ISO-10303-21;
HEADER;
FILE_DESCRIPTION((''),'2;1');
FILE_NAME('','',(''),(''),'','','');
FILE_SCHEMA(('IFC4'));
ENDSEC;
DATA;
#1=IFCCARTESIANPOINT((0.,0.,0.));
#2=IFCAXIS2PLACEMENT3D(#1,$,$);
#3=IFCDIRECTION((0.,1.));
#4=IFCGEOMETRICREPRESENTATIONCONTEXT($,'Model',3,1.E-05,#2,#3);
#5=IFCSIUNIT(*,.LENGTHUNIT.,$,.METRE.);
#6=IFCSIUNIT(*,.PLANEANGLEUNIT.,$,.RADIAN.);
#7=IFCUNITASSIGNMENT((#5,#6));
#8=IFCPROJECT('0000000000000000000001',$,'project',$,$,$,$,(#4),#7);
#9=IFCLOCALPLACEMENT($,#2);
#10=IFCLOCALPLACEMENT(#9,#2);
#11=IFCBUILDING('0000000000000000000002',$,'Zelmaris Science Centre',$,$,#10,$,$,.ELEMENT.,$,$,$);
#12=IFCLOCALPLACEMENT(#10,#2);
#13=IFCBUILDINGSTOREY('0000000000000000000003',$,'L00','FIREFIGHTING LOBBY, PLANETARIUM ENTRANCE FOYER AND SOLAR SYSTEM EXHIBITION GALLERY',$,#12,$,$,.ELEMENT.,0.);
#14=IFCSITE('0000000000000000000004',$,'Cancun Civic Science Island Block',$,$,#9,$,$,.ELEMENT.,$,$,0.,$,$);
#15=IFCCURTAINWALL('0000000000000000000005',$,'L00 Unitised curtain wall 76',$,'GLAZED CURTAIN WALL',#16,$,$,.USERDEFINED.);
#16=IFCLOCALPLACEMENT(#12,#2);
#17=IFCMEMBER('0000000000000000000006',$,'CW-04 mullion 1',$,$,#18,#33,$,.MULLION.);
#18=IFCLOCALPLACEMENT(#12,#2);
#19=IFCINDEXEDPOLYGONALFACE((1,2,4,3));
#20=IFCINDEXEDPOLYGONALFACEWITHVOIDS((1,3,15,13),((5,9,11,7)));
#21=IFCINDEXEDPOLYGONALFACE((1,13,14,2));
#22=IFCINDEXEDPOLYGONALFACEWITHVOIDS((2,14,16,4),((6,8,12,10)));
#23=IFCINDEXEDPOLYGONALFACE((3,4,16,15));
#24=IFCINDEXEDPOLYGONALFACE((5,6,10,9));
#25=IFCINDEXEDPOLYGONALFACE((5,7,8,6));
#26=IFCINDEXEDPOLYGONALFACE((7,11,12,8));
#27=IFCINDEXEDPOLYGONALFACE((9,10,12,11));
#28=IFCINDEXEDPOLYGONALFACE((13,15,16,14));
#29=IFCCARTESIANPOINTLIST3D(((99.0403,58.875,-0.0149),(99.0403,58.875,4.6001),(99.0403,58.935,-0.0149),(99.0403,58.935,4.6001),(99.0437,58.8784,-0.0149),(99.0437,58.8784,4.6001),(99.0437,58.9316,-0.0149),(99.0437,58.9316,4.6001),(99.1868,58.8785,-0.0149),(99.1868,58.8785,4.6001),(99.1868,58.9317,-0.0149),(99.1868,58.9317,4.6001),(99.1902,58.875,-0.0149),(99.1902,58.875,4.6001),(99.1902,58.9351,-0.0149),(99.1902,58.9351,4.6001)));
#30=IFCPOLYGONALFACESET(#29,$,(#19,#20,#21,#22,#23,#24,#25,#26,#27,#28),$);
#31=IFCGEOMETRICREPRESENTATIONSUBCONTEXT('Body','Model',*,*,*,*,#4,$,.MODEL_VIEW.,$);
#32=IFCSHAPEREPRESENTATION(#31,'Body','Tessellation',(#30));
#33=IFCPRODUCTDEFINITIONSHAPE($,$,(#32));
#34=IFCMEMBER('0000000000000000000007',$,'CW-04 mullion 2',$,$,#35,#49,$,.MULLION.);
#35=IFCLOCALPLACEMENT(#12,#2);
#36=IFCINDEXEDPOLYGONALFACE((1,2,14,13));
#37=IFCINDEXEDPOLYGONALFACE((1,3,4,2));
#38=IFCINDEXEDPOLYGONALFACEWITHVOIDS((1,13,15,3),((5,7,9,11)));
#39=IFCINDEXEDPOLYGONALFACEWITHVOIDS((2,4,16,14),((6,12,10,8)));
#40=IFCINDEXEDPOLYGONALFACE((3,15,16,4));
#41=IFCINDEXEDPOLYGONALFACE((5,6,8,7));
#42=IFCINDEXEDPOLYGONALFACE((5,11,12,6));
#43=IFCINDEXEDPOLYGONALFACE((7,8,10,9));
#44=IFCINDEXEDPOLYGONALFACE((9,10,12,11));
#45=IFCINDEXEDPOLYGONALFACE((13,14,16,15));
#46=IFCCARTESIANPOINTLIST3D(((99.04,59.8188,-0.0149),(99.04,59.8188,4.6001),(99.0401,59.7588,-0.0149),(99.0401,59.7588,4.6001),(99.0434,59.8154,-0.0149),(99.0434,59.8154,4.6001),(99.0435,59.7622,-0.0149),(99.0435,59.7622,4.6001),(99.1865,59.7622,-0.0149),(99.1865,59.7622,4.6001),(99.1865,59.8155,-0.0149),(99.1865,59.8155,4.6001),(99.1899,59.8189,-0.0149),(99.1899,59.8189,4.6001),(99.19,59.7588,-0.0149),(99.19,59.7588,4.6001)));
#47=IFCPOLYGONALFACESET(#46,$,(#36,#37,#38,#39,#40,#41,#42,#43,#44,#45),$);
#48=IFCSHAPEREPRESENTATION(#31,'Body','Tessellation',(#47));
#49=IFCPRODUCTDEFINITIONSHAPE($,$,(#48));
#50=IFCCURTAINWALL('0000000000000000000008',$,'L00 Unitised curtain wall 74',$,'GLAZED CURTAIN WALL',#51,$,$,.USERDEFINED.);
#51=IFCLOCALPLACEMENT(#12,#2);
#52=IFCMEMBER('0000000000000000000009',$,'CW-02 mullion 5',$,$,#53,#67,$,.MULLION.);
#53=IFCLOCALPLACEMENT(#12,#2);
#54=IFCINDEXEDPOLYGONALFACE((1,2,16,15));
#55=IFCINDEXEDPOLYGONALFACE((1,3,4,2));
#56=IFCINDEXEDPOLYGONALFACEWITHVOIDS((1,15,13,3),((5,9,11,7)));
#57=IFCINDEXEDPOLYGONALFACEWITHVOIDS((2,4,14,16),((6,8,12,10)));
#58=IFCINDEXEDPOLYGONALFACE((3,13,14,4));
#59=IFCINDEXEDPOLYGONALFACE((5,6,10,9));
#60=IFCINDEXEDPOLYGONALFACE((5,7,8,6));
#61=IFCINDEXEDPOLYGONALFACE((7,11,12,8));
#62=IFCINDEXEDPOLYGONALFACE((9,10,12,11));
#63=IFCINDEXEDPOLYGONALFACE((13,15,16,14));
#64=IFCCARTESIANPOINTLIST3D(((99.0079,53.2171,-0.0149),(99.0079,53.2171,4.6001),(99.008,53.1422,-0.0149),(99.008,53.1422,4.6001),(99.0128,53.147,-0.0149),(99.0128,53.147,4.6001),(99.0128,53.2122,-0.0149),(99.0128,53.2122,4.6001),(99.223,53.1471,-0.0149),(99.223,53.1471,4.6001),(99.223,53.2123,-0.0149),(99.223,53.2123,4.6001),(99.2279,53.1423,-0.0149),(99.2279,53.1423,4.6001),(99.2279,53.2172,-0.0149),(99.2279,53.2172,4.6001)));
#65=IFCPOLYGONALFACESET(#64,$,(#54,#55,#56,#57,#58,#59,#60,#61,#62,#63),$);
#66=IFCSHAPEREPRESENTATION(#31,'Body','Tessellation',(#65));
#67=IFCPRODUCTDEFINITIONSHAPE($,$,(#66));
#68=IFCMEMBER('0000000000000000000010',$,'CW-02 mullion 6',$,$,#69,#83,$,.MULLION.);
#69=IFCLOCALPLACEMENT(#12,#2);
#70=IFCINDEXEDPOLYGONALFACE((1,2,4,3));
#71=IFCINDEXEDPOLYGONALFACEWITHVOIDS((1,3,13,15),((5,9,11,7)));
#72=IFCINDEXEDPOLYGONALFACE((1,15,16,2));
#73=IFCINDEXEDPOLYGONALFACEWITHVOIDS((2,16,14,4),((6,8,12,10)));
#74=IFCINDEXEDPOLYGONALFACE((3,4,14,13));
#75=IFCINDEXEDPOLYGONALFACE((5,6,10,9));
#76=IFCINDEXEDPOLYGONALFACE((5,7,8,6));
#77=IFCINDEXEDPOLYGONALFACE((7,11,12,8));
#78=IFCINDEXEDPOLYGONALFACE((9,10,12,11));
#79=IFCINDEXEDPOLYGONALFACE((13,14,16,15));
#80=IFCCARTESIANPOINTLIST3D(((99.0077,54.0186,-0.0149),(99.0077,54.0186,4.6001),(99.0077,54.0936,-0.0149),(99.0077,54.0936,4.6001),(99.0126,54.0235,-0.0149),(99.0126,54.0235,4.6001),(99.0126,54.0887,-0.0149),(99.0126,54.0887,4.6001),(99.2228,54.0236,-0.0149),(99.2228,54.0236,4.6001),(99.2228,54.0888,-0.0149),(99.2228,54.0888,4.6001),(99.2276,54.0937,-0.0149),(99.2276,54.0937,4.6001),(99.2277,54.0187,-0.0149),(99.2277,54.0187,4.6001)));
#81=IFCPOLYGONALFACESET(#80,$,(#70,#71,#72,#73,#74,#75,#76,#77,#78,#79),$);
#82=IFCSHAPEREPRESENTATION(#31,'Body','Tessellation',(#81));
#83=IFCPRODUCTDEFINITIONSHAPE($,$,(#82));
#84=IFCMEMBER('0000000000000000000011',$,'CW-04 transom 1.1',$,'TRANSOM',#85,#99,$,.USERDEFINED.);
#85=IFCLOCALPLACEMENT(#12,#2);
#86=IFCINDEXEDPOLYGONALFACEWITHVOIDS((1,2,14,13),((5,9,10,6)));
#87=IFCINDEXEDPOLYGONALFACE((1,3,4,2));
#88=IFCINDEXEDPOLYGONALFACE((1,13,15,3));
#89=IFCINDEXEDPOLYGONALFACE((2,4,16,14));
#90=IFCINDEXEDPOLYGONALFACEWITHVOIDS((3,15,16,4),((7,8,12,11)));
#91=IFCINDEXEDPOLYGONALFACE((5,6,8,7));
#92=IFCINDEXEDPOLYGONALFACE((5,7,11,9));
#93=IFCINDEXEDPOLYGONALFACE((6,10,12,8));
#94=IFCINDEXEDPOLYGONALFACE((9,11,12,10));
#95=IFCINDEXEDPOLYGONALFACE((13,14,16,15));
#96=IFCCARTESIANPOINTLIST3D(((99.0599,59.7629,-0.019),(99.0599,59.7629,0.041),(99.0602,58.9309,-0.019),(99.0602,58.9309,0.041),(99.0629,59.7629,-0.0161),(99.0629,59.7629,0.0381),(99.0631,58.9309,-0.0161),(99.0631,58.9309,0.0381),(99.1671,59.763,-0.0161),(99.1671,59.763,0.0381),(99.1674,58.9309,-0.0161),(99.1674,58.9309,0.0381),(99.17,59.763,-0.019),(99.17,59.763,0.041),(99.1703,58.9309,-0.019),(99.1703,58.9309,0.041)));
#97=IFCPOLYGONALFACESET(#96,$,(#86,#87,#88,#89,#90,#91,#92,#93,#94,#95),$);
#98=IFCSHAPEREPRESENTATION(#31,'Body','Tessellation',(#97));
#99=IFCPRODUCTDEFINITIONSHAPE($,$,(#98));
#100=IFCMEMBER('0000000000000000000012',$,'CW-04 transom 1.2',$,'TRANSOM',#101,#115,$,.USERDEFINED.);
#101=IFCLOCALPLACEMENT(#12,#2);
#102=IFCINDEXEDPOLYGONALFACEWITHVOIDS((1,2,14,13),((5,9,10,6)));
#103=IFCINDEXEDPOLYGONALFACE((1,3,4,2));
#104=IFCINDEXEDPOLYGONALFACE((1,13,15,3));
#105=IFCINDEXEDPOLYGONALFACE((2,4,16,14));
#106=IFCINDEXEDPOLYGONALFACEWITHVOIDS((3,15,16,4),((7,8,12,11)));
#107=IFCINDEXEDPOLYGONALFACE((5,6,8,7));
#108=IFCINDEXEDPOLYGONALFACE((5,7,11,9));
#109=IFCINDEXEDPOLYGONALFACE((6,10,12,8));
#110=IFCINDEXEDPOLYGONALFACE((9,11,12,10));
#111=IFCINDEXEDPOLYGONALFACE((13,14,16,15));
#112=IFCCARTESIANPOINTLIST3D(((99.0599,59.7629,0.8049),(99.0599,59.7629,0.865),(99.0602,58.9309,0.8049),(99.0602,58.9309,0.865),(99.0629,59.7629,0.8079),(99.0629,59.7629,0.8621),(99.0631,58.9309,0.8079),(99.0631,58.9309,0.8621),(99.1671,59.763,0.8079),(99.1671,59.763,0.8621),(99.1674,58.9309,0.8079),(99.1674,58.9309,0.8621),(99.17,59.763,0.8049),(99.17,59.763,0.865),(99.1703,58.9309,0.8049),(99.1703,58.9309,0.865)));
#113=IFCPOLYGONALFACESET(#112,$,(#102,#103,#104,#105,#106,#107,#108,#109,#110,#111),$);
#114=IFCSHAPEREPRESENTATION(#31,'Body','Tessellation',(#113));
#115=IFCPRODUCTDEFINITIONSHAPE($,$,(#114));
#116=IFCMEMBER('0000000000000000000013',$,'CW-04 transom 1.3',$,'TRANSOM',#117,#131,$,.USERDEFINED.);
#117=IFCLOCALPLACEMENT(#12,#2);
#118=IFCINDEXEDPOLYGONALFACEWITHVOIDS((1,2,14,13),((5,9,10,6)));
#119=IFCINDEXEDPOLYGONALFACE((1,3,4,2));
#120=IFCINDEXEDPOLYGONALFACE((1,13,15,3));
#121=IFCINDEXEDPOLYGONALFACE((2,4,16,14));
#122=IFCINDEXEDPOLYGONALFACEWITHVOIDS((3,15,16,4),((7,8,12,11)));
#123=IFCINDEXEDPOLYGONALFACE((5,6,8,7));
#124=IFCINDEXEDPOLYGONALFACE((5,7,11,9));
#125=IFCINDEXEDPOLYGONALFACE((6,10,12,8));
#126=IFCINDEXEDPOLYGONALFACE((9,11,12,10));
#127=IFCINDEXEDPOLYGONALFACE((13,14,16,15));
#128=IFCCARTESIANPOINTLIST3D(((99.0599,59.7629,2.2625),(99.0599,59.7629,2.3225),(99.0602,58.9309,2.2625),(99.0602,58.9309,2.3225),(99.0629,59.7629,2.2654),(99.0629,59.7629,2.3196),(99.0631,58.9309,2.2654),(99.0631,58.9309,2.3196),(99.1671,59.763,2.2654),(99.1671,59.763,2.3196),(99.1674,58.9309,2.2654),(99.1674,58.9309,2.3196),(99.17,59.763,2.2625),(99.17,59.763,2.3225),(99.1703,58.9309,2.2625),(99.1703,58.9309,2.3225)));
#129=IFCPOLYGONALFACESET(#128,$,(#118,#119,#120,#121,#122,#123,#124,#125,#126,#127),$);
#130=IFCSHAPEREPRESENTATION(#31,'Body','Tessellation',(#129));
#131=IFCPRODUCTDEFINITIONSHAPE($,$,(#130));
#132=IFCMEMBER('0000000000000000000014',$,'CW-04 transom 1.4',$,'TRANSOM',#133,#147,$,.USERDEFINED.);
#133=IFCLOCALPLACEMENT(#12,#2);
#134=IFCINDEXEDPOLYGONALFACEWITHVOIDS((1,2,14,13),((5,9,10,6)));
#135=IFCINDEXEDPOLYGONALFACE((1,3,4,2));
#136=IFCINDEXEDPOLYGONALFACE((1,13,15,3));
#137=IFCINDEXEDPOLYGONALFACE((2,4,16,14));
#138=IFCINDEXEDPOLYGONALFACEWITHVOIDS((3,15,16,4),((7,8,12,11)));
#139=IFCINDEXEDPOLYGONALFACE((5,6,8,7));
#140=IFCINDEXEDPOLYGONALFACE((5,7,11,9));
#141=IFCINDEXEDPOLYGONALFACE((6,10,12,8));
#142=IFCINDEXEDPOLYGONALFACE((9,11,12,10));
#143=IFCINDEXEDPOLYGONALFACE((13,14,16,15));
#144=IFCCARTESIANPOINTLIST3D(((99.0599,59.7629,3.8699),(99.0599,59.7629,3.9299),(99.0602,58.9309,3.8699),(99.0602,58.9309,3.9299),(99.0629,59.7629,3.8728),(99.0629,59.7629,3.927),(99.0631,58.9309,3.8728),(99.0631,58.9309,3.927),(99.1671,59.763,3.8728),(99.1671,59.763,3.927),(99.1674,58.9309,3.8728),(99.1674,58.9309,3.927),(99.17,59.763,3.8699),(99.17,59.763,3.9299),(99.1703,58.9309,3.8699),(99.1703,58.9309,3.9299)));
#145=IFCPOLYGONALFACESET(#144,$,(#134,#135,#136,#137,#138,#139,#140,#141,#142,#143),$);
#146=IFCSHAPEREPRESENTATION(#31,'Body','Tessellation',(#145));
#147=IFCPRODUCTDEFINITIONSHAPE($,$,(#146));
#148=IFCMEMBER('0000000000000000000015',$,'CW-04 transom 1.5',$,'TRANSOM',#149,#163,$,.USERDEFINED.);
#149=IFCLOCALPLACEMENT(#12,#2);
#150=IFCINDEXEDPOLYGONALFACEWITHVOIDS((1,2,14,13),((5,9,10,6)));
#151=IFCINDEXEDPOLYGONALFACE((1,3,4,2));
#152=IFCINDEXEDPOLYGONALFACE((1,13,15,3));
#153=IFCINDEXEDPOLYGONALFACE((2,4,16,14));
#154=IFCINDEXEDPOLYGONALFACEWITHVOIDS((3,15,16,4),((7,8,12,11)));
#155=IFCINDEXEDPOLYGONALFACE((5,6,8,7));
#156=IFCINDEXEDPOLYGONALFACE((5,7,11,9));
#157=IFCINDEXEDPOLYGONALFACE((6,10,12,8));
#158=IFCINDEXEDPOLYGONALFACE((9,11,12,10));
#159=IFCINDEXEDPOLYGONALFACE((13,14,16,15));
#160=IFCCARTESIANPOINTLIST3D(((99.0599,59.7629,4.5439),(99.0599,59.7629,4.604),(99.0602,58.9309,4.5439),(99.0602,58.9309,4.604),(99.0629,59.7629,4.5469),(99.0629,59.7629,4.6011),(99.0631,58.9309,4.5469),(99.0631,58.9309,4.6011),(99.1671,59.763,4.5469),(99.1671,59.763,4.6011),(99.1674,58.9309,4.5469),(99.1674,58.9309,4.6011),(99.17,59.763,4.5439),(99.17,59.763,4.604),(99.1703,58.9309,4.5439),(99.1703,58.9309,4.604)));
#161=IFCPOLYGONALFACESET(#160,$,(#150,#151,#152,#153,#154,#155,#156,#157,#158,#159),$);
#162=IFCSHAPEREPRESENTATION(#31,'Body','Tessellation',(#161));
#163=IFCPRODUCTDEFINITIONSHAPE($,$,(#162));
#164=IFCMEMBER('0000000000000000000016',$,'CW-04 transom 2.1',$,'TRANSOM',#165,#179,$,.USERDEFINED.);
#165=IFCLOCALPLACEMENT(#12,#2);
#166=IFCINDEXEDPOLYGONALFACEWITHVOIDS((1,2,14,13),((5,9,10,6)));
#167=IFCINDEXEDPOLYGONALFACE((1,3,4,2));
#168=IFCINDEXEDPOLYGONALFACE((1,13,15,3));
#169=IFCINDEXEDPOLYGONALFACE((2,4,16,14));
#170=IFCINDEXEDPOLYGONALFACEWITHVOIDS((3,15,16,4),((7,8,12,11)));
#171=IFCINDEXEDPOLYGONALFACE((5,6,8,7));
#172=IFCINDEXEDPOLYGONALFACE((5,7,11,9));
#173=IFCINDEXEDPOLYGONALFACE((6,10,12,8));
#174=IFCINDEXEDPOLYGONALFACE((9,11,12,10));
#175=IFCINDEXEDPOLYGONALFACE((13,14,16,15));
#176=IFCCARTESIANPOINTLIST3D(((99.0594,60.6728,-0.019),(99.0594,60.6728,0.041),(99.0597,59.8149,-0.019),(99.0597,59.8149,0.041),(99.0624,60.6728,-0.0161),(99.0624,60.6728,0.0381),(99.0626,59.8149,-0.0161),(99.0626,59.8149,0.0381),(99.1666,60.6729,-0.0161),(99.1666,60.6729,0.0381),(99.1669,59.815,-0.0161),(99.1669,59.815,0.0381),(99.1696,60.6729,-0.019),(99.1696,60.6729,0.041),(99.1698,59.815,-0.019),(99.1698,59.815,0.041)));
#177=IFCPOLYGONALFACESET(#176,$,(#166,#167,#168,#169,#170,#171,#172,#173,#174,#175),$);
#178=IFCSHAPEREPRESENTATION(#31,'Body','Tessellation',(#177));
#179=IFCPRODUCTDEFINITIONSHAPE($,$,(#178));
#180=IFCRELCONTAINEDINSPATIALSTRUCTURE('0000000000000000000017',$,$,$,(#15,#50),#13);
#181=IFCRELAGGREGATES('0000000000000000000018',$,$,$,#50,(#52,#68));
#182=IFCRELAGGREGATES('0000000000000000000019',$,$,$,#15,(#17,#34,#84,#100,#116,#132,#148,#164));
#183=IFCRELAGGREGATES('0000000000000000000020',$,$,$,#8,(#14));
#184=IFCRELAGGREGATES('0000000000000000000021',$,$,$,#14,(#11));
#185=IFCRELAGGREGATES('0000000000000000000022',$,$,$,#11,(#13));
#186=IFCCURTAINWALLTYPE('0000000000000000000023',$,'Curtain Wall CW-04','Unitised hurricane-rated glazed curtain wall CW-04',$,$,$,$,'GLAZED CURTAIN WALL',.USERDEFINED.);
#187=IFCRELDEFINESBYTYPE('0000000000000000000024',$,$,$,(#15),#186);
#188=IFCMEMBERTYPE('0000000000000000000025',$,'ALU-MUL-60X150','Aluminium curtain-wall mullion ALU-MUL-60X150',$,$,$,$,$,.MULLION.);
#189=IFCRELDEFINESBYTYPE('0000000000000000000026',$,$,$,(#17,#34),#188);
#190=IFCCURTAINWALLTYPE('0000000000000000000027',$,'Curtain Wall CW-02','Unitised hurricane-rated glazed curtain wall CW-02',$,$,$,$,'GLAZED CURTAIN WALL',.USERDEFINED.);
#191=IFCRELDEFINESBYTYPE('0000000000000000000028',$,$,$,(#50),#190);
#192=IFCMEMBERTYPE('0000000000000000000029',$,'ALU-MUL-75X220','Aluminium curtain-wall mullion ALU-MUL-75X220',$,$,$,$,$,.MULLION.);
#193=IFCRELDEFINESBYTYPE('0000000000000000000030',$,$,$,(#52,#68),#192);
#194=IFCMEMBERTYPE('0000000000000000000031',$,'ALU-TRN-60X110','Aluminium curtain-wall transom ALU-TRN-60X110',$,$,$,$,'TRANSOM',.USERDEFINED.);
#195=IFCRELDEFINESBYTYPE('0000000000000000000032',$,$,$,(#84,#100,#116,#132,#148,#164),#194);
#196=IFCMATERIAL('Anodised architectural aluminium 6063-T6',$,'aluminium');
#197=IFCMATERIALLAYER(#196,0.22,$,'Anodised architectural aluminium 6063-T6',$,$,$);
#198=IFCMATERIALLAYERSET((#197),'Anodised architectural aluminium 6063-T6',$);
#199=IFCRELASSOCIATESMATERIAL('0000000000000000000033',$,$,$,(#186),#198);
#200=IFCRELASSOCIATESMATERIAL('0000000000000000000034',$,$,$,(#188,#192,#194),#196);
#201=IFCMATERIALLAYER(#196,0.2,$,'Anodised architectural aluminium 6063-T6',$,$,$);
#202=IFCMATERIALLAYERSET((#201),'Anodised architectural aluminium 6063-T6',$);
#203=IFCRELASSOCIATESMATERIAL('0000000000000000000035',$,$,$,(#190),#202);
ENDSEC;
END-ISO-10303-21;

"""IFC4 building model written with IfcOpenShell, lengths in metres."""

from ifc_helpers import new_model, si_unit, direction, frame, origin, origin_2d, place, context, subcontext, project, spatial, hollow_rectangle, extrude, material, layer, layer_set, material_profile, profile_set, type_object, element, aggregate, save


model = new_model("IFC4")

# Units and contexts
model_context = context("Model", 3, precision=1e-05, world=origin(), true_north=direction((0.0, 1.0)))
body_context = subcontext(model_context, "Body", "Model", "MODEL_VIEW")
ifc_project = project(units=[si_unit("LENGTHUNIT", "METRE"), si_unit("PLANEANGLEUNIT", "RADIAN")], contexts=[model_context])

# Site, building, storey
site_placement = place(None, origin())
site = spatial("IfcSite", under=ifc_project, at=site_placement, Name="Cancun Civic Science Island Block", CompositionType="ELEMENT", RefElevation=0.0)
building_placement = place(site_placement, origin())
building = spatial("IfcBuilding", under=site, at=building_placement, Name="Zelmaris Science Centre", CompositionType="ELEMENT")
storey_placement = place(building_placement, origin())
storey = spatial("IfcBuildingStorey", under=building, at=storey_placement, Name="L00", Description="FIREFIGHTING LOBBY, PLANETARIUM ENTRANCE FOYER AND SOLAR SYSTEM EXHIBITION GALLERY", CompositionType="ELEMENT", Elevation=0.0)

# Curtain walls, members
ifc_material_1 = material(Name="Anodised architectural aluminium 6063-T6", Category="aluminium")
ifc_layer_1 = layer(ifc_material_1, 0.22, Name="Anodised architectural aluminium 6063-T6")
ifc_layer_set_1 = layer_set([ifc_layer_1], Name="Anodised architectural aluminium 6063-T6")
curtain_wall_type_1 = type_object("IfcCurtainWallType", Name="Curtain Wall CW-04", Description="Unitised hurricane-rated glazed curtain wall CW-04", ElementType="GLAZED CURTAIN WALL", PredefinedType="USERDEFINED", material=ifc_layer_set_1)
curtain_wall_1_placement = place(storey_placement, origin())
curtain_wall_1 = element("IfcCurtainWall", 1, at=curtain_wall_1_placement, inside=storey, type_object=curtain_wall_type_1, Name="L00 Unitised curtain wall 76", ObjectType="GLAZED CURTAIN WALL", PredefinedType="USERDEFINED")
ifc_material_profile_1 = material_profile(ifc_material_1, hollow_rectangle(XDim=0.0601, YDim=0.1499, WallThickness=0.0034, at=origin_2d()), Name="ALU-MUL-60X150")
ifc_profile_set_1 = profile_set([ifc_material_profile_1], Name="Anodised architectural aluminium 6063-T6")
member_type_1 = type_object("IfcMemberType", Name="ALU-MUL-60X150", Description="Aluminium curtain-wall mullion ALU-MUL-60X150", PredefinedType="MULLION", material=ifc_profile_set_1)
member_1_placement = place(storey_placement, frame((99.1152, 58.905, -0.0149), z_axis=(0.0, 0.0, 1.0), x_axis=(-0.000478, 1.0, 0.0)))
member_1 = element("IfcMember", 2, at=member_1_placement, type_object=member_type_1, Name="CW-04 mullion 1", PredefinedType="MULLION", context=body_context, shape_type="SweptSolid", body=[
    extrude(hollow_rectangle(XDim=0.0601, YDim=0.1499, WallThickness=0.0034, at=origin_2d()), origin(), (0.0, 0.0, 1.0), 4.615),
])
member_2_placement = place(storey_placement, frame((99.115, 59.7888, -0.0149), z_axis=(0.0, 0.0, 1.0), x_axis=(-0.000478, 1.0, 0.0)))
member_2 = element("IfcMember", 3, at=member_2_placement, type_object=member_type_1, Name="CW-04 mullion 2", PredefinedType="MULLION", context=body_context, shape_type="SweptSolid", body=[
    extrude(hollow_rectangle(XDim=0.0601, YDim=0.1499, WallThickness=0.0034, at=origin_2d()), origin(), (0.0, 0.0, 1.0), 4.615),
])
ifc_layer_2 = layer(ifc_material_1, 0.2, Name="Anodised architectural aluminium 6063-T6")
ifc_layer_set_2 = layer_set([ifc_layer_2], Name="Anodised architectural aluminium 6063-T6")
curtain_wall_type_2 = type_object("IfcCurtainWallType", Name="Curtain Wall CW-02", Description="Unitised hurricane-rated glazed curtain wall CW-02", ElementType="GLAZED CURTAIN WALL", PredefinedType="USERDEFINED", material=ifc_layer_set_2)
curtain_wall_2_placement = place(storey_placement, origin())
curtain_wall_2 = element("IfcCurtainWall", 4, at=curtain_wall_2_placement, inside=storey, type_object=curtain_wall_type_2, Name="L00 Unitised curtain wall 74", ObjectType="GLAZED CURTAIN WALL", PredefinedType="USERDEFINED")
ifc_material_profile_2 = material_profile(ifc_material_1, hollow_rectangle(XDim=0.075, YDim=0.22, WallThickness=0.0049, at=origin_2d()), Name="ALU-MUL-75X220")
ifc_profile_set_2 = profile_set([ifc_material_profile_2], Name="Anodised architectural aluminium 6063-T6")
member_type_2 = type_object("IfcMemberType", Name="ALU-MUL-75X220", Description="Aluminium curtain-wall mullion ALU-MUL-75X220", PredefinedType="MULLION", material=ifc_profile_set_2)
member_3_placement = place(storey_placement, frame((99.1179, 53.1797, -0.0149), z_axis=(0.0, 0.0, 1.0), x_axis=(-0.000478, 1.0, 0.0)))
member_3 = element("IfcMember", 5, at=member_3_placement, type_object=member_type_2, Name="CW-02 mullion 5", PredefinedType="MULLION", context=body_context, shape_type="SweptSolid", body=[
    extrude(hollow_rectangle(XDim=0.075, YDim=0.22, WallThickness=0.0049, at=origin_2d()), origin(), (0.0, 0.0, 1.0), 4.615),
])
member_4_placement = place(storey_placement, frame((99.1177, 54.0562, -0.0149), z_axis=(0.0, 0.0, 1.0), x_axis=(-0.000478, 1.0, 0.0)))
member_4 = element("IfcMember", 6, at=member_4_placement, type_object=member_type_2, Name="CW-02 mullion 6", PredefinedType="MULLION", context=body_context, shape_type="SweptSolid", body=[
    extrude(hollow_rectangle(XDim=0.075, YDim=0.22, WallThickness=0.0049, at=origin_2d()), origin(), (0.0, 0.0, 1.0), 4.615),
])

# Members
ifc_material_profile_3 = material_profile(ifc_material_1, hollow_rectangle(XDim=0.0601, YDim=0.1101, WallThickness=0.0029, at=origin_2d()), Name="ALU-TRN-60X110")
ifc_profile_set_3 = profile_set([ifc_material_profile_3], Name="Anodised architectural aluminium 6063-T6")
member_type_3 = type_object("IfcMemberType", Name="ALU-TRN-60X110", Description="Aluminium curtain-wall transom ALU-TRN-60X110", ElementType="TRANSOM", PredefinedType="USERDEFINED", material=ifc_profile_set_3)
member_5_placement = place(storey_placement, frame((99.1152, 58.9309, 0.011), z_axis=(-0.000293, 1.0, 0.0), x_axis=(0.0, 0.0, 1.0)))
member_5 = element("IfcMember", 7, at=member_5_placement, type_object=member_type_3, Name="CW-04 transom 1.1", ObjectType="TRANSOM", PredefinedType="USERDEFINED", context=body_context, shape_type="SweptSolid", body=[
    extrude(hollow_rectangle(XDim=0.0601, YDim=0.1101, WallThickness=0.0029, at=origin_2d()), origin(), (0.0, 0.0, 1.0), 0.832),
])
member_6_placement = place(storey_placement, frame((99.1152, 58.9309, 0.835), z_axis=(-0.000293, 1.0, 0.0), x_axis=(0.0, 0.0, 1.0)))
member_6 = element("IfcMember", 8, at=member_6_placement, type_object=member_type_3, Name="CW-04 transom 1.2", ObjectType="TRANSOM", PredefinedType="USERDEFINED", context=body_context, shape_type="SweptSolid", body=[
    extrude(hollow_rectangle(XDim=0.0601, YDim=0.1101, WallThickness=0.0029, at=origin_2d()), origin(), (0.0, 0.0, 1.0), 0.832),
])
member_7_placement = place(storey_placement, frame((99.1152, 58.9309, 2.2925), z_axis=(-0.000293, 1.0, 0.0), x_axis=(0.0, 0.0, 1.0)))
member_7 = element("IfcMember", 9, at=member_7_placement, type_object=member_type_3, Name="CW-04 transom 1.3", ObjectType="TRANSOM", PredefinedType="USERDEFINED", context=body_context, shape_type="SweptSolid", body=[
    extrude(hollow_rectangle(XDim=0.0601, YDim=0.1101, WallThickness=0.0029, at=origin_2d()), origin(), (0.0, 0.0, 1.0), 0.832),
])
member_8_placement = place(storey_placement, frame((99.1152, 58.9309, 3.8999), z_axis=(-0.000293, 1.0, 0.0), x_axis=(0.0, 0.0, 1.0)))
member_8 = element("IfcMember", 10, at=member_8_placement, type_object=member_type_3, Name="CW-04 transom 1.4", ObjectType="TRANSOM", PredefinedType="USERDEFINED", context=body_context, shape_type="SweptSolid", body=[
    extrude(hollow_rectangle(XDim=0.0601, YDim=0.1101, WallThickness=0.0029, at=origin_2d()), origin(), (0.0, 0.0, 1.0), 0.832),
])
member_9_placement = place(storey_placement, frame((99.1152, 58.9309, 4.574), z_axis=(-0.000293, 1.0, 0.0), x_axis=(0.0, 0.0, 1.0)))
member_9 = element("IfcMember", 11, at=member_9_placement, type_object=member_type_3, Name="CW-04 transom 1.5", ObjectType="TRANSOM", PredefinedType="USERDEFINED", context=body_context, shape_type="SweptSolid", body=[
    extrude(hollow_rectangle(XDim=0.0601, YDim=0.1101, WallThickness=0.0029, at=origin_2d()), origin(), (0.0, 0.0, 1.0), 0.832),
])
member_10_placement = place(storey_placement, frame((99.1147, 59.8149, 0.011), z_axis=(-0.000285, 1.0, 0.0), x_axis=(0.0, 0.0, 1.0)))
member_10 = element("IfcMember", 12, at=member_10_placement, type_object=member_type_3, Name="CW-04 transom 2.1", ObjectType="TRANSOM", PredefinedType="USERDEFINED", context=body_context, shape_type="SweptSolid", body=[
    extrude(hollow_rectangle(XDim=0.0601, YDim=0.1101, WallThickness=0.0029, at=origin_2d()), origin(), (0.0, 0.0, 1.0), 0.8579),
])

aggregate(curtain_wall_2, [member_3, member_4])
aggregate(curtain_wall_1, [member_1, member_2, member_5, member_6, member_7, member_8, member_9, member_10])

save(model, "model.ifc")
